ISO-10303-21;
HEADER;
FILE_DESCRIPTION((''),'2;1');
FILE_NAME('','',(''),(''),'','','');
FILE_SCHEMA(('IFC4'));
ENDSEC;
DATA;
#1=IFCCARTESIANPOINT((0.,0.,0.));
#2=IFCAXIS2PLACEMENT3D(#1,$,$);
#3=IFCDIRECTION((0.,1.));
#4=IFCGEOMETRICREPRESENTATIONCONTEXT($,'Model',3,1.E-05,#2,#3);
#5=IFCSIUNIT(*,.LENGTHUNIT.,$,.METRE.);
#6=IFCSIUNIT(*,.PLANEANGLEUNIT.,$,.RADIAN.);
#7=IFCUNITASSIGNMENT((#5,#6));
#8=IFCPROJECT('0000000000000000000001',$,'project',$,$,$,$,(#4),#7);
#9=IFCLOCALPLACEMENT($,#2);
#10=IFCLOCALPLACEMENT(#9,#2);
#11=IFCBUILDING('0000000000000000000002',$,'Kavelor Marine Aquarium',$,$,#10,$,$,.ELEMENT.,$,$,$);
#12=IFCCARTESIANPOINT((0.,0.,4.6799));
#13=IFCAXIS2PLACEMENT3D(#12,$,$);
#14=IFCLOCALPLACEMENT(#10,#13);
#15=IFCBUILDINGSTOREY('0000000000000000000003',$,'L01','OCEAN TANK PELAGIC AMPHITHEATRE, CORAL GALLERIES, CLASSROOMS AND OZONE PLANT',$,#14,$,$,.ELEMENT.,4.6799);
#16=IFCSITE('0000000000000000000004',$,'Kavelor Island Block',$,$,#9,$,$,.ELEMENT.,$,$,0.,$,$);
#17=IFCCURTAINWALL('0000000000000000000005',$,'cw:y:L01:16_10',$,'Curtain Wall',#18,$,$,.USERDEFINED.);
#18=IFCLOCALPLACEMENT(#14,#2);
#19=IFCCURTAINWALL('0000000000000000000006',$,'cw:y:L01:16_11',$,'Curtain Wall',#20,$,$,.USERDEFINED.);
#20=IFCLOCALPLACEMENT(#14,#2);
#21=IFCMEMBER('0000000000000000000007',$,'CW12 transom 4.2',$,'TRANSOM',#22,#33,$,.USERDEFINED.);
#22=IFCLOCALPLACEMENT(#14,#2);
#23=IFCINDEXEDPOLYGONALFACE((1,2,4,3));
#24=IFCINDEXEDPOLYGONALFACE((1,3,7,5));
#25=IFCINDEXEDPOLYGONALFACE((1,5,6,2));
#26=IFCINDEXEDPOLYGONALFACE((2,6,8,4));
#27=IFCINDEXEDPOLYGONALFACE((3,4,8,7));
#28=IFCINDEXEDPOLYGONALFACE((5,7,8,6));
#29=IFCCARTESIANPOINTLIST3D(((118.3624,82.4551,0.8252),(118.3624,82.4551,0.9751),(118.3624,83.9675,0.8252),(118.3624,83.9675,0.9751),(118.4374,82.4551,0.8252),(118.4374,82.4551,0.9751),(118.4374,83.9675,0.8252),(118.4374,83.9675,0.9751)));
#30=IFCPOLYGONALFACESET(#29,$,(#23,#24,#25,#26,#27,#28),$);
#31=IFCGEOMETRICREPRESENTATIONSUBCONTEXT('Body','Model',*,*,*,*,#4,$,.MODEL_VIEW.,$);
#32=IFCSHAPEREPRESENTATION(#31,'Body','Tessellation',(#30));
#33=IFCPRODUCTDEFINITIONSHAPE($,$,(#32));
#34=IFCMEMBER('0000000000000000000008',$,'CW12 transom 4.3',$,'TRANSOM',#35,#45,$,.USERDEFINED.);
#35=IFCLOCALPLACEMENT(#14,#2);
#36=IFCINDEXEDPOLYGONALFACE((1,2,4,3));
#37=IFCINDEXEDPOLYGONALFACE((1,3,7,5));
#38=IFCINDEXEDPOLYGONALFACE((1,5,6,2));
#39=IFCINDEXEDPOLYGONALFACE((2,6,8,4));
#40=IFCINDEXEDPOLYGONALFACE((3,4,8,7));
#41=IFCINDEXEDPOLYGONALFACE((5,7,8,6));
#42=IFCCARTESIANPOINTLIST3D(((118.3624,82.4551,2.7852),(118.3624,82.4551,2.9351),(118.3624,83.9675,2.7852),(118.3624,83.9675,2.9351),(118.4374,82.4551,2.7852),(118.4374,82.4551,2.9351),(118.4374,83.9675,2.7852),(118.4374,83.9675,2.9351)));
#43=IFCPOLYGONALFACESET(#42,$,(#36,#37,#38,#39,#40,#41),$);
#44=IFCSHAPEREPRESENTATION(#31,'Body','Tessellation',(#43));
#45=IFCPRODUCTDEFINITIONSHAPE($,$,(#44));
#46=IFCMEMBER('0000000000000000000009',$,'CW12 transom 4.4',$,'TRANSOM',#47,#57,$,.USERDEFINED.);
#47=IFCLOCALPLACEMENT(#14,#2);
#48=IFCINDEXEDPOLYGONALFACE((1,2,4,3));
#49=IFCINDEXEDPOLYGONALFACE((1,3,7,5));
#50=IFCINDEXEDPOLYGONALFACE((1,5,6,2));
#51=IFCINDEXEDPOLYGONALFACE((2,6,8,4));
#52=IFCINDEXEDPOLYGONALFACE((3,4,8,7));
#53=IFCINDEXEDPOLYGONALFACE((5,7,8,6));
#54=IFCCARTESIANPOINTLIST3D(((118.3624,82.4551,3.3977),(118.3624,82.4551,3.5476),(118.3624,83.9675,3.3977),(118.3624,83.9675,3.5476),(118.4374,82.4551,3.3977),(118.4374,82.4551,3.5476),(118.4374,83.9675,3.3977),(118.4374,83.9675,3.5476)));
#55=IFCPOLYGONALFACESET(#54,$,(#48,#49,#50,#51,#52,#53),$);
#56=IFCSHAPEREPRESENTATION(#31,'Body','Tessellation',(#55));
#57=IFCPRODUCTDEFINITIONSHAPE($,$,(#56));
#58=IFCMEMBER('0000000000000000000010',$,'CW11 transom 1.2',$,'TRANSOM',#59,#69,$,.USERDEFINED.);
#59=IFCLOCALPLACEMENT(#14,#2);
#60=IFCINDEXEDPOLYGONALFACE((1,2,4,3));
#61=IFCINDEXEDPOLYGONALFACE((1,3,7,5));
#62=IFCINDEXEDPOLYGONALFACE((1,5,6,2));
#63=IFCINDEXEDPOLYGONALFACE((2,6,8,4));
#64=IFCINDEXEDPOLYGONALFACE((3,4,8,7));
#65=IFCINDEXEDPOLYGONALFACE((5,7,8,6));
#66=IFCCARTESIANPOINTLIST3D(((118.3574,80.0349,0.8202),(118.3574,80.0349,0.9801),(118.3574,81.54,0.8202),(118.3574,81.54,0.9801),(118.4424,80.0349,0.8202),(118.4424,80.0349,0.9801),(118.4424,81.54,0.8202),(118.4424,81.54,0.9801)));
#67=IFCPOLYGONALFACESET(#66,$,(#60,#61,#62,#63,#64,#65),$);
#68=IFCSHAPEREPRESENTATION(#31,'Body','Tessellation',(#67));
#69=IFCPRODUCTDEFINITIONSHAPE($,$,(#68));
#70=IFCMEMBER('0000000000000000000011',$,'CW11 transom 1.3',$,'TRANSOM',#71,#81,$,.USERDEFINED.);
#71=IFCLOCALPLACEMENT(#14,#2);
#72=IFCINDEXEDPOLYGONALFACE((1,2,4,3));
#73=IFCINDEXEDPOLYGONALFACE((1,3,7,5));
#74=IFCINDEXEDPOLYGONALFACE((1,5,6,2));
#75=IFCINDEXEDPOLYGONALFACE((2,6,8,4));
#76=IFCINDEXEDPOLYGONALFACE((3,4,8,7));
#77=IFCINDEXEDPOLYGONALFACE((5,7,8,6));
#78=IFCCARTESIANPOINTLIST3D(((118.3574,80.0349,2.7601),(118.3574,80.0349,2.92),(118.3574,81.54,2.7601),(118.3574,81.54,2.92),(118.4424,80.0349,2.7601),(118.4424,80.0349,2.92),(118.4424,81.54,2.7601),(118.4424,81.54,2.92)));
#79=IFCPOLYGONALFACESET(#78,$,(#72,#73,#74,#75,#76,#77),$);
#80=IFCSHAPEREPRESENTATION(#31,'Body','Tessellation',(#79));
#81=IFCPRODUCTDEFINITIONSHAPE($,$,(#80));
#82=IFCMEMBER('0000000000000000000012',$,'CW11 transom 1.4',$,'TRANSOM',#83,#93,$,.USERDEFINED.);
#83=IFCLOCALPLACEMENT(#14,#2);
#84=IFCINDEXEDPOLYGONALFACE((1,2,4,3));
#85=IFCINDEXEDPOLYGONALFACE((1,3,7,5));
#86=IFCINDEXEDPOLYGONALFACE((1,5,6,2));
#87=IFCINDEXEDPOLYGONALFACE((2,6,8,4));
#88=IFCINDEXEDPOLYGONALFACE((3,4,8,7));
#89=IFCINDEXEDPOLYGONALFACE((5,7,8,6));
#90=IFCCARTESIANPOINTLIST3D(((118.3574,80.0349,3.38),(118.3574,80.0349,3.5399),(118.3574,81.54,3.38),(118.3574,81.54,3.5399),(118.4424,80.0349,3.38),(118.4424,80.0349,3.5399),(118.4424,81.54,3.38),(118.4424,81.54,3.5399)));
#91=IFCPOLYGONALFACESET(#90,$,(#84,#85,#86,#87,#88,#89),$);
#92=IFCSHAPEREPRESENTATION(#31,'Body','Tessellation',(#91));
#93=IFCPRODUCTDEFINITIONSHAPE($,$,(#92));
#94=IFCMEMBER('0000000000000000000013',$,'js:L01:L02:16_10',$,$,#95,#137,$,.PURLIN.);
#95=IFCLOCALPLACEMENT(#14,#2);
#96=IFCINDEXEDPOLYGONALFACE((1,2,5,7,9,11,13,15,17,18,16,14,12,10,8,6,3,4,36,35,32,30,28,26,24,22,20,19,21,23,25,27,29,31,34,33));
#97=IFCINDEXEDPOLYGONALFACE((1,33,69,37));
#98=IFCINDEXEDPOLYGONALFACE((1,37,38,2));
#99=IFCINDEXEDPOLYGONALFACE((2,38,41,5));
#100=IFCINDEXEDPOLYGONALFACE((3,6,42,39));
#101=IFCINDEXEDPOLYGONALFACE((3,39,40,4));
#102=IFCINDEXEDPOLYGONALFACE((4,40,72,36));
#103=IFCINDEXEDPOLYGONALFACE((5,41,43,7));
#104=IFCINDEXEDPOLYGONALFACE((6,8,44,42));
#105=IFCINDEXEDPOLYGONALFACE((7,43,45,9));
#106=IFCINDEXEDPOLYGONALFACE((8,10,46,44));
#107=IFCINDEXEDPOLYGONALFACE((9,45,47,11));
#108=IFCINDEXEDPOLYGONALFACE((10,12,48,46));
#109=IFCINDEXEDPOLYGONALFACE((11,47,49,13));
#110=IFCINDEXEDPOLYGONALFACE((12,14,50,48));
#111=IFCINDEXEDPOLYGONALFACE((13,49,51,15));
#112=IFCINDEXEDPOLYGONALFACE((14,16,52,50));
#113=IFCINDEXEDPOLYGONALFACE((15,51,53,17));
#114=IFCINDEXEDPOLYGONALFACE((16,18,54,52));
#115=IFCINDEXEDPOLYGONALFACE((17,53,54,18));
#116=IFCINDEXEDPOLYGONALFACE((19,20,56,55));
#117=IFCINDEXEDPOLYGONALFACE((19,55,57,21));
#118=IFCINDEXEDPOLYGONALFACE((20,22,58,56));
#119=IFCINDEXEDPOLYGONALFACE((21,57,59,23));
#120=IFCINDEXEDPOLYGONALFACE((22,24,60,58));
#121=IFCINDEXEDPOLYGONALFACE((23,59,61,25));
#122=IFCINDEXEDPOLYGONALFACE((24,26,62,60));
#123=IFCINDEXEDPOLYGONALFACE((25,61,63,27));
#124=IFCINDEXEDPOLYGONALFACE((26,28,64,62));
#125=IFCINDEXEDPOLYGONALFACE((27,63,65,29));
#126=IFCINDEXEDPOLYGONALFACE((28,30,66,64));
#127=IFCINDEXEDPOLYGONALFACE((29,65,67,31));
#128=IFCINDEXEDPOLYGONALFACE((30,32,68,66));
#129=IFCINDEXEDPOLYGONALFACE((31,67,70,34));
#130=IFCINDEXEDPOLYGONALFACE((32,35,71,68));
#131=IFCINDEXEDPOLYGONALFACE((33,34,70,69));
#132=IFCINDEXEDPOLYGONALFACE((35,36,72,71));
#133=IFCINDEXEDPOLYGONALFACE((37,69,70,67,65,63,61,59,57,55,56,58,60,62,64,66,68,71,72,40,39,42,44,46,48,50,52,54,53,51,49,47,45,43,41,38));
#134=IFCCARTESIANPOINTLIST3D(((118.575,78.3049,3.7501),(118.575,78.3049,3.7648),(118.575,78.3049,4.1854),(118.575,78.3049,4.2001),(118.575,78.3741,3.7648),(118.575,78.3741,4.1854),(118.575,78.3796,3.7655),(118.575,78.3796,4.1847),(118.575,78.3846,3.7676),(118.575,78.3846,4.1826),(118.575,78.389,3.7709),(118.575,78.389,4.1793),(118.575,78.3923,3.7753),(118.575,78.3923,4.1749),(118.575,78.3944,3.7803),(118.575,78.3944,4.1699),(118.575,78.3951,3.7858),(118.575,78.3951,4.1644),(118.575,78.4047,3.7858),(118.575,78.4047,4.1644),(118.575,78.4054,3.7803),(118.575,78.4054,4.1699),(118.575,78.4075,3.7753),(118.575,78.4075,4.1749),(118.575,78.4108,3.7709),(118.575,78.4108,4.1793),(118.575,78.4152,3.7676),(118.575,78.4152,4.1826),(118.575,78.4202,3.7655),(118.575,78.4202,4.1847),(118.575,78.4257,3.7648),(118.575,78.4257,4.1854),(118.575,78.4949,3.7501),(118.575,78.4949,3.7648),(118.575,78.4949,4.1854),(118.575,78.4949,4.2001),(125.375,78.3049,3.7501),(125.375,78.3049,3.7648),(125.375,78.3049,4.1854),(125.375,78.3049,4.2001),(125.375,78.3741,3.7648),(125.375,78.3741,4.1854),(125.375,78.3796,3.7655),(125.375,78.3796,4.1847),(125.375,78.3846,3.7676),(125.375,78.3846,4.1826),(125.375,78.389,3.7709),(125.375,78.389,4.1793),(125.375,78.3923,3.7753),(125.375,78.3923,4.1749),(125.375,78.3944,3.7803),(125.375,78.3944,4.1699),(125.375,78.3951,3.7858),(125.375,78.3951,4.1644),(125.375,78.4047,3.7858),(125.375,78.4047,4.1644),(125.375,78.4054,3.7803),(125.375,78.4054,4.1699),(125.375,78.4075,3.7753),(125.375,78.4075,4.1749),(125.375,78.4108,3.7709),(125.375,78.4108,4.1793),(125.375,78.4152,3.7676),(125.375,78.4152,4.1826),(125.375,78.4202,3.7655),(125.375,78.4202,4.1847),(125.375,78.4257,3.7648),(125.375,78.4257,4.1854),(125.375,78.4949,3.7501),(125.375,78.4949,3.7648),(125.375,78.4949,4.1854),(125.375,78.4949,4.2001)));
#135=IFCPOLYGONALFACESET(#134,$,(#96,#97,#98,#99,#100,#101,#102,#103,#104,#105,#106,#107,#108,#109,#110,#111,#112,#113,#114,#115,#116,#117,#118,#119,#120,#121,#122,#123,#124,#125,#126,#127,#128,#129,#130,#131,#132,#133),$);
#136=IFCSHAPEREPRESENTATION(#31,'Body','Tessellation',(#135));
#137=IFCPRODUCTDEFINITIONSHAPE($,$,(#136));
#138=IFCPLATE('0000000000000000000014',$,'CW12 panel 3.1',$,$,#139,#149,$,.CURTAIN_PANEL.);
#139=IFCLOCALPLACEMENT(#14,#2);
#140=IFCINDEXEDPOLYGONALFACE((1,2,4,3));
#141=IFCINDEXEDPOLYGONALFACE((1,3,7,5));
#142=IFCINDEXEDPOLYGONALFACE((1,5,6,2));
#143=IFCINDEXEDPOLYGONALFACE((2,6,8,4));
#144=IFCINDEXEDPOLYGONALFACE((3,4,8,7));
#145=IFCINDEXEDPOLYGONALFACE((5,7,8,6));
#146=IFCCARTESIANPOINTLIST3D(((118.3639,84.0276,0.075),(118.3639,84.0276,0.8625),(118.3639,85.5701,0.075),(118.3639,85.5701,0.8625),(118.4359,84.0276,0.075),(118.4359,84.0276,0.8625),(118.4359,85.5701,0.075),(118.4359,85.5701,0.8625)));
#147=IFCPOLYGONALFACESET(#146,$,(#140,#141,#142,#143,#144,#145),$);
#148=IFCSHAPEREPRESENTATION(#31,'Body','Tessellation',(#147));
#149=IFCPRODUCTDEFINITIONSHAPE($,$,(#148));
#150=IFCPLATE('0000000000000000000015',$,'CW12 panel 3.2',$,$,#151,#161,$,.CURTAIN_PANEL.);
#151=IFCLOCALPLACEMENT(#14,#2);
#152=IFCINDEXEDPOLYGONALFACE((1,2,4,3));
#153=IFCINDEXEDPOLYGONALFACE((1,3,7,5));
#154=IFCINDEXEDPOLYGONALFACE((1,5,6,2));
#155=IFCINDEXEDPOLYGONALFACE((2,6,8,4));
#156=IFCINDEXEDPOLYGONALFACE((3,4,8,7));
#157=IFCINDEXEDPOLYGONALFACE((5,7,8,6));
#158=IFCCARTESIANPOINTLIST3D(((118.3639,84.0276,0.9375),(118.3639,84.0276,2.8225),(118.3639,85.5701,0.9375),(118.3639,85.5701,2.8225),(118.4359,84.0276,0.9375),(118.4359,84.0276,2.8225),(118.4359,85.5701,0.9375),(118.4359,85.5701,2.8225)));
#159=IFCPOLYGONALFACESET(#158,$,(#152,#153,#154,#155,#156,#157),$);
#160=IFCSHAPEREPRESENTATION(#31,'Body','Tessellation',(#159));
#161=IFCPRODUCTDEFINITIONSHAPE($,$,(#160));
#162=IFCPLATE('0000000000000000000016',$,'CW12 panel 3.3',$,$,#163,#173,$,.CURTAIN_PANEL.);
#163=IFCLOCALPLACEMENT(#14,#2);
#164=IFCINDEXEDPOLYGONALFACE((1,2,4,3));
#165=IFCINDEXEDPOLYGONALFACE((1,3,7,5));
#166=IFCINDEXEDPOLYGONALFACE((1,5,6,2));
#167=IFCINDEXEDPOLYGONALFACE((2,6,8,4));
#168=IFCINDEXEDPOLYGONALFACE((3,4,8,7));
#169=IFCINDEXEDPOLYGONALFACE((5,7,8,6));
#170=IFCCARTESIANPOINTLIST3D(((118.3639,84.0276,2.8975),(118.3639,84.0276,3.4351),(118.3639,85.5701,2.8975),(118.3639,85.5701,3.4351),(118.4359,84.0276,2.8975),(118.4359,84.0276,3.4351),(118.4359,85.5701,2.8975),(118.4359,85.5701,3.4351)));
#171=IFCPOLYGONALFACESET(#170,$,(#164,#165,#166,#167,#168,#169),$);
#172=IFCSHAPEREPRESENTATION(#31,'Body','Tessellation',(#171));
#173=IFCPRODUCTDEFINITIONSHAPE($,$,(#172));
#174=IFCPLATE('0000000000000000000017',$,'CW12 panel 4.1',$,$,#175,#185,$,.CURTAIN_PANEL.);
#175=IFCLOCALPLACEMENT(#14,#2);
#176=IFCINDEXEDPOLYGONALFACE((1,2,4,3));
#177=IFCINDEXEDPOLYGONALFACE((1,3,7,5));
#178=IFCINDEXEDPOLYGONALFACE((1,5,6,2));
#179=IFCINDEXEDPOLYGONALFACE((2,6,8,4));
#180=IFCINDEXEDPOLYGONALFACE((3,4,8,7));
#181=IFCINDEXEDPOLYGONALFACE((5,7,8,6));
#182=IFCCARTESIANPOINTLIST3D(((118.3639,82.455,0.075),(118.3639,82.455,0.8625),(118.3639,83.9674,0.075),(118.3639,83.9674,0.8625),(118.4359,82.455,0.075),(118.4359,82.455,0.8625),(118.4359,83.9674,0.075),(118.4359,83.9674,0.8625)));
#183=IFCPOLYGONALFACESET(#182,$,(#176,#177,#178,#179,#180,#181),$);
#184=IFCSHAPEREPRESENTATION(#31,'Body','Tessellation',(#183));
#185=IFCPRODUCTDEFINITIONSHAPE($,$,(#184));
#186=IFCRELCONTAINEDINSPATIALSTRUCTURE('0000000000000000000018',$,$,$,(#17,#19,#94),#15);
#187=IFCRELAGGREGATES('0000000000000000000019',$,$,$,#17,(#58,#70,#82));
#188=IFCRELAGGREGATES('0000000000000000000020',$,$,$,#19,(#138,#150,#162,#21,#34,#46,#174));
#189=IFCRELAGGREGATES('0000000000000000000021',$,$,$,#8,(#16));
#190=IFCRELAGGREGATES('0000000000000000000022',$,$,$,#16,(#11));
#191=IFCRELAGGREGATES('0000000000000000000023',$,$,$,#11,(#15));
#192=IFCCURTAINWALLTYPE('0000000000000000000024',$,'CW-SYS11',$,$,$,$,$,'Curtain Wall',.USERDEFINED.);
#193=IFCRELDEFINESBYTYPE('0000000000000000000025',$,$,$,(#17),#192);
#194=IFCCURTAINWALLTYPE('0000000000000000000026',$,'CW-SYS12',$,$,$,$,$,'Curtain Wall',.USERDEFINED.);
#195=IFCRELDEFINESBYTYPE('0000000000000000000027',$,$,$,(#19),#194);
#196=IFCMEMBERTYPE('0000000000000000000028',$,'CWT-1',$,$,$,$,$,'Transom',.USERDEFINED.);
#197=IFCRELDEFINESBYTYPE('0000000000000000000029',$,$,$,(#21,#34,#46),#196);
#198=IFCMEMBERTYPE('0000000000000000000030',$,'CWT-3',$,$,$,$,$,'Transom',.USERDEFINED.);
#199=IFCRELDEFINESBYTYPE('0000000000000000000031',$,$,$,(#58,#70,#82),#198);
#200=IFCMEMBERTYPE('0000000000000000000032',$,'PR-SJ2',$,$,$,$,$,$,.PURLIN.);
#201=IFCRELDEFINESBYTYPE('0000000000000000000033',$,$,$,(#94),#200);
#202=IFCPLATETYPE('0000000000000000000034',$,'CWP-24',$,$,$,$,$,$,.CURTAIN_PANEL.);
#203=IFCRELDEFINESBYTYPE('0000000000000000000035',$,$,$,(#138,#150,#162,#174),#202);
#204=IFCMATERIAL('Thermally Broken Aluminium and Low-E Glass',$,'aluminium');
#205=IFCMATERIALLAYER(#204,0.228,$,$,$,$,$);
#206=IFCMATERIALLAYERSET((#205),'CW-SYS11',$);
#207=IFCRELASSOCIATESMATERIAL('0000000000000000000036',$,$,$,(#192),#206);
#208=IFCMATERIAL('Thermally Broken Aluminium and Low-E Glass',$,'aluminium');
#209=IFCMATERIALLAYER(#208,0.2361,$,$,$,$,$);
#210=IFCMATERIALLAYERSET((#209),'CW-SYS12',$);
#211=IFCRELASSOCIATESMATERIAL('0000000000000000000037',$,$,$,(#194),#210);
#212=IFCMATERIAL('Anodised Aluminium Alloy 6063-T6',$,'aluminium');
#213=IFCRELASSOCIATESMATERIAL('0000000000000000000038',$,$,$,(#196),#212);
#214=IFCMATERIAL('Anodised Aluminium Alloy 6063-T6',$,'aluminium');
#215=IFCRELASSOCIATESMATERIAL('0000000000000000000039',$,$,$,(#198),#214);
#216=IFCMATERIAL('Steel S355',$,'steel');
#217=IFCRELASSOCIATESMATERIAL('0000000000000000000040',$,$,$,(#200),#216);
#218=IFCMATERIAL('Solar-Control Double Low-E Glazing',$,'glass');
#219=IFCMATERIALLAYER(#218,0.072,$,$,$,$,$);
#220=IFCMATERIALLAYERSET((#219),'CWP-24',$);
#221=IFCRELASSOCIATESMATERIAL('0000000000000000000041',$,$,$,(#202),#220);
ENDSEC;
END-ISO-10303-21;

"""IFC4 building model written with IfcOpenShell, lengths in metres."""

from ifc_helpers import new_model, si_unit, direction, frame, origin, origin_2d, place, context, subcontext, project, spatial, rectangle, i_section, extrude, material, layer, layer_set, material_profile, profile_set, type_object, element, aggregate, save


model = new_model("IFC4")

# Units and contexts
model_context = context("Model", 3, precision=1e-05, world=origin(), true_north=direction((0.0, 1.0)))
body_context = subcontext(model_context, "Body", "Model", "MODEL_VIEW")
ifc_project = project(units=[si_unit("LENGTHUNIT", "METRE"), si_unit("PLANEANGLEUNIT", "RADIAN")], contexts=[model_context])

# Site, building, storey
site_placement = place(None, origin())
site = spatial("IfcSite", under=ifc_project, at=site_placement, Name="Kavelor Island Block", CompositionType="ELEMENT", RefElevation=0.0)
building_placement = place(site_placement, origin())
building = spatial("IfcBuilding", under=site, at=building_placement, Name="Kavelor Marine Aquarium", CompositionType="ELEMENT")
storey_placement = place(building_placement, frame((0.0, 0.0, 4.6799)))
storey = spatial("IfcBuildingStorey", under=building, at=storey_placement, Name="L01", Description="OCEAN TANK PELAGIC AMPHITHEATRE, CORAL GALLERIES, CLASSROOMS AND OZONE PLANT", CompositionType="ELEMENT", Elevation=4.6799)

# Curtain wall
ifc_material_1 = material(Name="Thermally Broken Aluminium and Low-E Glass", Category="aluminium")
ifc_layer_1 = layer(ifc_material_1, 0.228)
ifc_layer_set_1 = layer_set([ifc_layer_1], Name="CW-SYS11")
curtain_wall_type_1 = type_object("IfcCurtainWallType", Name="CW-SYS11", ElementType="Curtain Wall", PredefinedType="USERDEFINED", material=ifc_layer_set_1)
curtain_wall_1_placement = place(storey_placement, origin())
curtain_wall_1 = element("IfcCurtainWall", 1, at=curtain_wall_1_placement, inside=storey, type_object=curtain_wall_type_1, Name="cw:y:L01:16_10", ObjectType="Curtain Wall", PredefinedType="USERDEFINED")

# Curtain wall, members
ifc_material_2 = material(Name="Thermally Broken Aluminium and Low-E Glass", Category="aluminium")
ifc_layer_2 = layer(ifc_material_2, 0.2361)
ifc_layer_set_2 = layer_set([ifc_layer_2], Name="CW-SYS12")
curtain_wall_type_2 = type_object("IfcCurtainWallType", Name="CW-SYS12", ElementType="Curtain Wall", PredefinedType="USERDEFINED", material=ifc_layer_set_2)
curtain_wall_2_placement = place(storey_placement, origin())
curtain_wall_2 = element("IfcCurtainWall", 2, at=curtain_wall_2_placement, inside=storey, type_object=curtain_wall_type_2, Name="cw:y:L01:16_11", ObjectType="Curtain Wall", PredefinedType="USERDEFINED")
ifc_material_3 = material(Name="Anodised Aluminium Alloy 6063-T6", Category="aluminium")
ifc_material_profile_1 = material_profile(ifc_material_3, rectangle(XDim=0.075, YDim=0.1499, at=origin_2d()), Name="CW-TRN 75x150")
ifc_profile_set_1 = profile_set([ifc_material_profile_1], Name="Anodised Aluminium Alloy 6063-T6")
member_type_1 = type_object("IfcMemberType", Name="CWT-1", ElementType="Transom", PredefinedType="USERDEFINED", material=ifc_profile_set_1)
member_1_placement = place(storey_placement, frame((118.3999, 83.9675, 0.9001), z_axis=(0.0, -1.0, 0.0), x_axis=(1.0, 0.0, 0.0)))
member_1 = element("IfcMember", 3, at=member_1_placement, type_object=member_type_1, Name="CW12 transom 4.2", ObjectType="TRANSOM", PredefinedType="USERDEFINED", context=body_context, shape_type="SweptSolid", body=[
    extrude(rectangle(XDim=0.075, YDim=0.1499, at=origin_2d()), origin(), (0.0, 0.0, 1.0), 1.5125),
])
member_2_placement = place(storey_placement, frame((118.3999, 83.9675, 2.8601), z_axis=(0.0, -1.0, 0.0), x_axis=(1.0, 0.0, 0.0)))
member_2 = element("IfcMember", 4, at=member_2_placement, type_object=member_type_1, Name="CW12 transom 4.3", ObjectType="TRANSOM", PredefinedType="USERDEFINED", context=body_context, shape_type="SweptSolid", body=[
    extrude(rectangle(XDim=0.075, YDim=0.1499, at=origin_2d()), origin(), (0.0, 0.0, 1.0), 1.5125),
])
member_3_placement = place(storey_placement, frame((118.3999, 83.9675, 3.4727), z_axis=(0.0, -1.0, 0.0), x_axis=(1.0, 0.0, 0.0)))
member_3 = element("IfcMember", 5, at=member_3_placement, type_object=member_type_1, Name="CW12 transom 4.4", ObjectType="TRANSOM", PredefinedType="USERDEFINED", context=body_context, shape_type="SweptSolid", body=[
    extrude(rectangle(XDim=0.075, YDim=0.1499, at=origin_2d()), origin(), (0.0, 0.0, 1.0), 1.5125),
])

# Members
ifc_material_4 = material(Name="Anodised Aluminium Alloy 6063-T6", Category="aluminium")
ifc_material_profile_2 = material_profile(ifc_material_4, rectangle(XDim=0.085, YDim=0.1599, at=origin_2d()), Name="CW-TRN 85x160")
ifc_profile_set_2 = profile_set([ifc_material_profile_2], Name="Anodised Aluminium Alloy 6063-T6")
member_type_2 = type_object("IfcMemberType", Name="CWT-3", ElementType="Transom", PredefinedType="USERDEFINED", material=ifc_profile_set_2)
member_4_placement = place(storey_placement, frame((118.3999, 81.54, 0.9001), z_axis=(0.0, -1.0, 0.0), x_axis=(1.0, 0.0, 0.0)))
member_4 = element("IfcMember", 6, at=member_4_placement, type_object=member_type_2, Name="CW11 transom 1.2", ObjectType="TRANSOM", PredefinedType="USERDEFINED", context=body_context, shape_type="SweptSolid", body=[
    extrude(rectangle(XDim=0.085, YDim=0.1599, at=origin_2d()), origin(), (0.0, 0.0, 1.0), 1.5051),
])
member_5_placement = place(storey_placement, frame((118.3999, 81.54, 2.8401), z_axis=(0.0, -1.0, 0.0), x_axis=(1.0, 0.0, 0.0)))
member_5 = element("IfcMember", 7, at=member_5_placement, type_object=member_type_2, Name="CW11 transom 1.3", ObjectType="TRANSOM", PredefinedType="USERDEFINED", context=body_context, shape_type="SweptSolid", body=[
    extrude(rectangle(XDim=0.085, YDim=0.1599, at=origin_2d()), origin(), (0.0, 0.0, 1.0), 1.5051),
])
member_6_placement = place(storey_placement, frame((118.3999, 81.54, 3.46), z_axis=(0.0, -1.0, 0.0), x_axis=(1.0, 0.0, 0.0)))
member_6 = element("IfcMember", 8, at=member_6_placement, type_object=member_type_2, Name="CW11 transom 1.4", ObjectType="TRANSOM", PredefinedType="USERDEFINED", context=body_context, shape_type="SweptSolid", body=[
    extrude(rectangle(XDim=0.085, YDim=0.1599, at=origin_2d()), origin(), (0.0, 0.0, 1.0), 1.5051),
])
aggregate(curtain_wall_1, [member_4, member_5, member_6])
ifc_material_5 = material(Name="Steel S355", Category="steel")
ifc_material_profile_3 = material_profile(ifc_material_5, i_section(OverallWidth=0.1899, OverallDepth=0.45, WebThickness=0.0095, FlangeThickness=0.0146, FilletRadius=0.021, at=origin_2d()), Name="IPE 450")
ifc_profile_set_3 = profile_set([ifc_material_profile_3], Name="Steel S355")
member_type_3 = type_object("IfcMemberType", Name="PR-SJ2", PredefinedType="PURLIN", material=ifc_profile_set_3)
member_7_placement = place(storey_placement, frame((118.575, 78.3999, 3.9751), z_axis=(1.0, 0.0, 0.0), x_axis=(0.0, 1.0, 0.0)))
element("IfcMember", 9, at=member_7_placement, inside=storey, type_object=member_type_3, Name="js:L01:L02:16_10", PredefinedType="PURLIN", context=body_context, shape_type="SweptSolid", body=[
    extrude(i_section(OverallWidth=0.1899, OverallDepth=0.45, WebThickness=0.0095, FlangeThickness=0.0146, FilletRadius=0.021, at=origin_2d()), origin(), (0.0, 0.0, 1.0), 6.8),
])

# Plates
ifc_material_6 = material(Name="Solar-Control Double Low-E Glazing", Category="glass")
ifc_layer_3 = layer(ifc_material_6, 0.072)
ifc_layer_set_3 = layer_set([ifc_layer_3], Name="CWP-24")
plate_type = type_object("IfcPlateType", Name="CWP-24", PredefinedType="CURTAIN_PANEL", material=ifc_layer_set_3)
plate_1_placement = place(storey_placement, frame((118.3999, 84.7988, 0.075), z_axis=(0.0, 0.0, 1.0), x_axis=(0.0, -1.0, 0.0)))
plate_1 = element("IfcPlate", 10, at=plate_1_placement, type_object=plate_type, Name="CW12 panel 3.1", PredefinedType="CURTAIN_PANEL", context=body_context, shape_type="SweptSolid", body=[
    extrude(rectangle(XDim=1.5425, YDim=0.072, at=origin_2d()), origin(), (0.0, 0.0, 1.0), 0.7876),
])
plate_2_placement = place(storey_placement, frame((118.3999, 84.7988, 0.9375), z_axis=(0.0, 0.0, 1.0), x_axis=(0.0, -1.0, 0.0)))
plate_2 = element("IfcPlate", 11, at=plate_2_placement, type_object=plate_type, Name="CW12 panel 3.2", PredefinedType="CURTAIN_PANEL", context=body_context, shape_type="SweptSolid", body=[
    extrude(rectangle(XDim=1.5425, YDim=0.072, at=origin_2d()), origin(), (0.0, 0.0, 1.0), 1.885),
])
plate_3_placement = place(storey_placement, frame((118.3999, 84.7988, 2.8975), z_axis=(0.0, 0.0, 1.0), x_axis=(0.0, -1.0, 0.0)))
plate_3 = element("IfcPlate", 12, at=plate_3_placement, type_object=plate_type, Name="CW12 panel 3.3", PredefinedType="CURTAIN_PANEL", context=body_context, shape_type="SweptSolid", body=[
    extrude(rectangle(XDim=1.5425, YDim=0.072, at=origin_2d()), origin(), (0.0, 0.0, 1.0), 0.5376),
])
plate_4_placement = place(storey_placement, frame((118.3999, 83.2112, 0.075), z_axis=(0.0, 0.0, 1.0), x_axis=(0.0, -1.0, 0.0)))
plate_4 = element("IfcPlate", 13, at=plate_4_placement, type_object=plate_type, Name="CW12 panel 4.1", PredefinedType="CURTAIN_PANEL", context=body_context, shape_type="SweptSolid", body=[
    extrude(rectangle(XDim=1.5125, YDim=0.072, at=origin_2d()), origin(), (0.0, 0.0, 1.0), 0.7876),
])
aggregate(curtain_wall_2, [plate_1, plate_2, plate_3, member_1, member_2, member_3, plate_4])

save(model, "model.ifc")
